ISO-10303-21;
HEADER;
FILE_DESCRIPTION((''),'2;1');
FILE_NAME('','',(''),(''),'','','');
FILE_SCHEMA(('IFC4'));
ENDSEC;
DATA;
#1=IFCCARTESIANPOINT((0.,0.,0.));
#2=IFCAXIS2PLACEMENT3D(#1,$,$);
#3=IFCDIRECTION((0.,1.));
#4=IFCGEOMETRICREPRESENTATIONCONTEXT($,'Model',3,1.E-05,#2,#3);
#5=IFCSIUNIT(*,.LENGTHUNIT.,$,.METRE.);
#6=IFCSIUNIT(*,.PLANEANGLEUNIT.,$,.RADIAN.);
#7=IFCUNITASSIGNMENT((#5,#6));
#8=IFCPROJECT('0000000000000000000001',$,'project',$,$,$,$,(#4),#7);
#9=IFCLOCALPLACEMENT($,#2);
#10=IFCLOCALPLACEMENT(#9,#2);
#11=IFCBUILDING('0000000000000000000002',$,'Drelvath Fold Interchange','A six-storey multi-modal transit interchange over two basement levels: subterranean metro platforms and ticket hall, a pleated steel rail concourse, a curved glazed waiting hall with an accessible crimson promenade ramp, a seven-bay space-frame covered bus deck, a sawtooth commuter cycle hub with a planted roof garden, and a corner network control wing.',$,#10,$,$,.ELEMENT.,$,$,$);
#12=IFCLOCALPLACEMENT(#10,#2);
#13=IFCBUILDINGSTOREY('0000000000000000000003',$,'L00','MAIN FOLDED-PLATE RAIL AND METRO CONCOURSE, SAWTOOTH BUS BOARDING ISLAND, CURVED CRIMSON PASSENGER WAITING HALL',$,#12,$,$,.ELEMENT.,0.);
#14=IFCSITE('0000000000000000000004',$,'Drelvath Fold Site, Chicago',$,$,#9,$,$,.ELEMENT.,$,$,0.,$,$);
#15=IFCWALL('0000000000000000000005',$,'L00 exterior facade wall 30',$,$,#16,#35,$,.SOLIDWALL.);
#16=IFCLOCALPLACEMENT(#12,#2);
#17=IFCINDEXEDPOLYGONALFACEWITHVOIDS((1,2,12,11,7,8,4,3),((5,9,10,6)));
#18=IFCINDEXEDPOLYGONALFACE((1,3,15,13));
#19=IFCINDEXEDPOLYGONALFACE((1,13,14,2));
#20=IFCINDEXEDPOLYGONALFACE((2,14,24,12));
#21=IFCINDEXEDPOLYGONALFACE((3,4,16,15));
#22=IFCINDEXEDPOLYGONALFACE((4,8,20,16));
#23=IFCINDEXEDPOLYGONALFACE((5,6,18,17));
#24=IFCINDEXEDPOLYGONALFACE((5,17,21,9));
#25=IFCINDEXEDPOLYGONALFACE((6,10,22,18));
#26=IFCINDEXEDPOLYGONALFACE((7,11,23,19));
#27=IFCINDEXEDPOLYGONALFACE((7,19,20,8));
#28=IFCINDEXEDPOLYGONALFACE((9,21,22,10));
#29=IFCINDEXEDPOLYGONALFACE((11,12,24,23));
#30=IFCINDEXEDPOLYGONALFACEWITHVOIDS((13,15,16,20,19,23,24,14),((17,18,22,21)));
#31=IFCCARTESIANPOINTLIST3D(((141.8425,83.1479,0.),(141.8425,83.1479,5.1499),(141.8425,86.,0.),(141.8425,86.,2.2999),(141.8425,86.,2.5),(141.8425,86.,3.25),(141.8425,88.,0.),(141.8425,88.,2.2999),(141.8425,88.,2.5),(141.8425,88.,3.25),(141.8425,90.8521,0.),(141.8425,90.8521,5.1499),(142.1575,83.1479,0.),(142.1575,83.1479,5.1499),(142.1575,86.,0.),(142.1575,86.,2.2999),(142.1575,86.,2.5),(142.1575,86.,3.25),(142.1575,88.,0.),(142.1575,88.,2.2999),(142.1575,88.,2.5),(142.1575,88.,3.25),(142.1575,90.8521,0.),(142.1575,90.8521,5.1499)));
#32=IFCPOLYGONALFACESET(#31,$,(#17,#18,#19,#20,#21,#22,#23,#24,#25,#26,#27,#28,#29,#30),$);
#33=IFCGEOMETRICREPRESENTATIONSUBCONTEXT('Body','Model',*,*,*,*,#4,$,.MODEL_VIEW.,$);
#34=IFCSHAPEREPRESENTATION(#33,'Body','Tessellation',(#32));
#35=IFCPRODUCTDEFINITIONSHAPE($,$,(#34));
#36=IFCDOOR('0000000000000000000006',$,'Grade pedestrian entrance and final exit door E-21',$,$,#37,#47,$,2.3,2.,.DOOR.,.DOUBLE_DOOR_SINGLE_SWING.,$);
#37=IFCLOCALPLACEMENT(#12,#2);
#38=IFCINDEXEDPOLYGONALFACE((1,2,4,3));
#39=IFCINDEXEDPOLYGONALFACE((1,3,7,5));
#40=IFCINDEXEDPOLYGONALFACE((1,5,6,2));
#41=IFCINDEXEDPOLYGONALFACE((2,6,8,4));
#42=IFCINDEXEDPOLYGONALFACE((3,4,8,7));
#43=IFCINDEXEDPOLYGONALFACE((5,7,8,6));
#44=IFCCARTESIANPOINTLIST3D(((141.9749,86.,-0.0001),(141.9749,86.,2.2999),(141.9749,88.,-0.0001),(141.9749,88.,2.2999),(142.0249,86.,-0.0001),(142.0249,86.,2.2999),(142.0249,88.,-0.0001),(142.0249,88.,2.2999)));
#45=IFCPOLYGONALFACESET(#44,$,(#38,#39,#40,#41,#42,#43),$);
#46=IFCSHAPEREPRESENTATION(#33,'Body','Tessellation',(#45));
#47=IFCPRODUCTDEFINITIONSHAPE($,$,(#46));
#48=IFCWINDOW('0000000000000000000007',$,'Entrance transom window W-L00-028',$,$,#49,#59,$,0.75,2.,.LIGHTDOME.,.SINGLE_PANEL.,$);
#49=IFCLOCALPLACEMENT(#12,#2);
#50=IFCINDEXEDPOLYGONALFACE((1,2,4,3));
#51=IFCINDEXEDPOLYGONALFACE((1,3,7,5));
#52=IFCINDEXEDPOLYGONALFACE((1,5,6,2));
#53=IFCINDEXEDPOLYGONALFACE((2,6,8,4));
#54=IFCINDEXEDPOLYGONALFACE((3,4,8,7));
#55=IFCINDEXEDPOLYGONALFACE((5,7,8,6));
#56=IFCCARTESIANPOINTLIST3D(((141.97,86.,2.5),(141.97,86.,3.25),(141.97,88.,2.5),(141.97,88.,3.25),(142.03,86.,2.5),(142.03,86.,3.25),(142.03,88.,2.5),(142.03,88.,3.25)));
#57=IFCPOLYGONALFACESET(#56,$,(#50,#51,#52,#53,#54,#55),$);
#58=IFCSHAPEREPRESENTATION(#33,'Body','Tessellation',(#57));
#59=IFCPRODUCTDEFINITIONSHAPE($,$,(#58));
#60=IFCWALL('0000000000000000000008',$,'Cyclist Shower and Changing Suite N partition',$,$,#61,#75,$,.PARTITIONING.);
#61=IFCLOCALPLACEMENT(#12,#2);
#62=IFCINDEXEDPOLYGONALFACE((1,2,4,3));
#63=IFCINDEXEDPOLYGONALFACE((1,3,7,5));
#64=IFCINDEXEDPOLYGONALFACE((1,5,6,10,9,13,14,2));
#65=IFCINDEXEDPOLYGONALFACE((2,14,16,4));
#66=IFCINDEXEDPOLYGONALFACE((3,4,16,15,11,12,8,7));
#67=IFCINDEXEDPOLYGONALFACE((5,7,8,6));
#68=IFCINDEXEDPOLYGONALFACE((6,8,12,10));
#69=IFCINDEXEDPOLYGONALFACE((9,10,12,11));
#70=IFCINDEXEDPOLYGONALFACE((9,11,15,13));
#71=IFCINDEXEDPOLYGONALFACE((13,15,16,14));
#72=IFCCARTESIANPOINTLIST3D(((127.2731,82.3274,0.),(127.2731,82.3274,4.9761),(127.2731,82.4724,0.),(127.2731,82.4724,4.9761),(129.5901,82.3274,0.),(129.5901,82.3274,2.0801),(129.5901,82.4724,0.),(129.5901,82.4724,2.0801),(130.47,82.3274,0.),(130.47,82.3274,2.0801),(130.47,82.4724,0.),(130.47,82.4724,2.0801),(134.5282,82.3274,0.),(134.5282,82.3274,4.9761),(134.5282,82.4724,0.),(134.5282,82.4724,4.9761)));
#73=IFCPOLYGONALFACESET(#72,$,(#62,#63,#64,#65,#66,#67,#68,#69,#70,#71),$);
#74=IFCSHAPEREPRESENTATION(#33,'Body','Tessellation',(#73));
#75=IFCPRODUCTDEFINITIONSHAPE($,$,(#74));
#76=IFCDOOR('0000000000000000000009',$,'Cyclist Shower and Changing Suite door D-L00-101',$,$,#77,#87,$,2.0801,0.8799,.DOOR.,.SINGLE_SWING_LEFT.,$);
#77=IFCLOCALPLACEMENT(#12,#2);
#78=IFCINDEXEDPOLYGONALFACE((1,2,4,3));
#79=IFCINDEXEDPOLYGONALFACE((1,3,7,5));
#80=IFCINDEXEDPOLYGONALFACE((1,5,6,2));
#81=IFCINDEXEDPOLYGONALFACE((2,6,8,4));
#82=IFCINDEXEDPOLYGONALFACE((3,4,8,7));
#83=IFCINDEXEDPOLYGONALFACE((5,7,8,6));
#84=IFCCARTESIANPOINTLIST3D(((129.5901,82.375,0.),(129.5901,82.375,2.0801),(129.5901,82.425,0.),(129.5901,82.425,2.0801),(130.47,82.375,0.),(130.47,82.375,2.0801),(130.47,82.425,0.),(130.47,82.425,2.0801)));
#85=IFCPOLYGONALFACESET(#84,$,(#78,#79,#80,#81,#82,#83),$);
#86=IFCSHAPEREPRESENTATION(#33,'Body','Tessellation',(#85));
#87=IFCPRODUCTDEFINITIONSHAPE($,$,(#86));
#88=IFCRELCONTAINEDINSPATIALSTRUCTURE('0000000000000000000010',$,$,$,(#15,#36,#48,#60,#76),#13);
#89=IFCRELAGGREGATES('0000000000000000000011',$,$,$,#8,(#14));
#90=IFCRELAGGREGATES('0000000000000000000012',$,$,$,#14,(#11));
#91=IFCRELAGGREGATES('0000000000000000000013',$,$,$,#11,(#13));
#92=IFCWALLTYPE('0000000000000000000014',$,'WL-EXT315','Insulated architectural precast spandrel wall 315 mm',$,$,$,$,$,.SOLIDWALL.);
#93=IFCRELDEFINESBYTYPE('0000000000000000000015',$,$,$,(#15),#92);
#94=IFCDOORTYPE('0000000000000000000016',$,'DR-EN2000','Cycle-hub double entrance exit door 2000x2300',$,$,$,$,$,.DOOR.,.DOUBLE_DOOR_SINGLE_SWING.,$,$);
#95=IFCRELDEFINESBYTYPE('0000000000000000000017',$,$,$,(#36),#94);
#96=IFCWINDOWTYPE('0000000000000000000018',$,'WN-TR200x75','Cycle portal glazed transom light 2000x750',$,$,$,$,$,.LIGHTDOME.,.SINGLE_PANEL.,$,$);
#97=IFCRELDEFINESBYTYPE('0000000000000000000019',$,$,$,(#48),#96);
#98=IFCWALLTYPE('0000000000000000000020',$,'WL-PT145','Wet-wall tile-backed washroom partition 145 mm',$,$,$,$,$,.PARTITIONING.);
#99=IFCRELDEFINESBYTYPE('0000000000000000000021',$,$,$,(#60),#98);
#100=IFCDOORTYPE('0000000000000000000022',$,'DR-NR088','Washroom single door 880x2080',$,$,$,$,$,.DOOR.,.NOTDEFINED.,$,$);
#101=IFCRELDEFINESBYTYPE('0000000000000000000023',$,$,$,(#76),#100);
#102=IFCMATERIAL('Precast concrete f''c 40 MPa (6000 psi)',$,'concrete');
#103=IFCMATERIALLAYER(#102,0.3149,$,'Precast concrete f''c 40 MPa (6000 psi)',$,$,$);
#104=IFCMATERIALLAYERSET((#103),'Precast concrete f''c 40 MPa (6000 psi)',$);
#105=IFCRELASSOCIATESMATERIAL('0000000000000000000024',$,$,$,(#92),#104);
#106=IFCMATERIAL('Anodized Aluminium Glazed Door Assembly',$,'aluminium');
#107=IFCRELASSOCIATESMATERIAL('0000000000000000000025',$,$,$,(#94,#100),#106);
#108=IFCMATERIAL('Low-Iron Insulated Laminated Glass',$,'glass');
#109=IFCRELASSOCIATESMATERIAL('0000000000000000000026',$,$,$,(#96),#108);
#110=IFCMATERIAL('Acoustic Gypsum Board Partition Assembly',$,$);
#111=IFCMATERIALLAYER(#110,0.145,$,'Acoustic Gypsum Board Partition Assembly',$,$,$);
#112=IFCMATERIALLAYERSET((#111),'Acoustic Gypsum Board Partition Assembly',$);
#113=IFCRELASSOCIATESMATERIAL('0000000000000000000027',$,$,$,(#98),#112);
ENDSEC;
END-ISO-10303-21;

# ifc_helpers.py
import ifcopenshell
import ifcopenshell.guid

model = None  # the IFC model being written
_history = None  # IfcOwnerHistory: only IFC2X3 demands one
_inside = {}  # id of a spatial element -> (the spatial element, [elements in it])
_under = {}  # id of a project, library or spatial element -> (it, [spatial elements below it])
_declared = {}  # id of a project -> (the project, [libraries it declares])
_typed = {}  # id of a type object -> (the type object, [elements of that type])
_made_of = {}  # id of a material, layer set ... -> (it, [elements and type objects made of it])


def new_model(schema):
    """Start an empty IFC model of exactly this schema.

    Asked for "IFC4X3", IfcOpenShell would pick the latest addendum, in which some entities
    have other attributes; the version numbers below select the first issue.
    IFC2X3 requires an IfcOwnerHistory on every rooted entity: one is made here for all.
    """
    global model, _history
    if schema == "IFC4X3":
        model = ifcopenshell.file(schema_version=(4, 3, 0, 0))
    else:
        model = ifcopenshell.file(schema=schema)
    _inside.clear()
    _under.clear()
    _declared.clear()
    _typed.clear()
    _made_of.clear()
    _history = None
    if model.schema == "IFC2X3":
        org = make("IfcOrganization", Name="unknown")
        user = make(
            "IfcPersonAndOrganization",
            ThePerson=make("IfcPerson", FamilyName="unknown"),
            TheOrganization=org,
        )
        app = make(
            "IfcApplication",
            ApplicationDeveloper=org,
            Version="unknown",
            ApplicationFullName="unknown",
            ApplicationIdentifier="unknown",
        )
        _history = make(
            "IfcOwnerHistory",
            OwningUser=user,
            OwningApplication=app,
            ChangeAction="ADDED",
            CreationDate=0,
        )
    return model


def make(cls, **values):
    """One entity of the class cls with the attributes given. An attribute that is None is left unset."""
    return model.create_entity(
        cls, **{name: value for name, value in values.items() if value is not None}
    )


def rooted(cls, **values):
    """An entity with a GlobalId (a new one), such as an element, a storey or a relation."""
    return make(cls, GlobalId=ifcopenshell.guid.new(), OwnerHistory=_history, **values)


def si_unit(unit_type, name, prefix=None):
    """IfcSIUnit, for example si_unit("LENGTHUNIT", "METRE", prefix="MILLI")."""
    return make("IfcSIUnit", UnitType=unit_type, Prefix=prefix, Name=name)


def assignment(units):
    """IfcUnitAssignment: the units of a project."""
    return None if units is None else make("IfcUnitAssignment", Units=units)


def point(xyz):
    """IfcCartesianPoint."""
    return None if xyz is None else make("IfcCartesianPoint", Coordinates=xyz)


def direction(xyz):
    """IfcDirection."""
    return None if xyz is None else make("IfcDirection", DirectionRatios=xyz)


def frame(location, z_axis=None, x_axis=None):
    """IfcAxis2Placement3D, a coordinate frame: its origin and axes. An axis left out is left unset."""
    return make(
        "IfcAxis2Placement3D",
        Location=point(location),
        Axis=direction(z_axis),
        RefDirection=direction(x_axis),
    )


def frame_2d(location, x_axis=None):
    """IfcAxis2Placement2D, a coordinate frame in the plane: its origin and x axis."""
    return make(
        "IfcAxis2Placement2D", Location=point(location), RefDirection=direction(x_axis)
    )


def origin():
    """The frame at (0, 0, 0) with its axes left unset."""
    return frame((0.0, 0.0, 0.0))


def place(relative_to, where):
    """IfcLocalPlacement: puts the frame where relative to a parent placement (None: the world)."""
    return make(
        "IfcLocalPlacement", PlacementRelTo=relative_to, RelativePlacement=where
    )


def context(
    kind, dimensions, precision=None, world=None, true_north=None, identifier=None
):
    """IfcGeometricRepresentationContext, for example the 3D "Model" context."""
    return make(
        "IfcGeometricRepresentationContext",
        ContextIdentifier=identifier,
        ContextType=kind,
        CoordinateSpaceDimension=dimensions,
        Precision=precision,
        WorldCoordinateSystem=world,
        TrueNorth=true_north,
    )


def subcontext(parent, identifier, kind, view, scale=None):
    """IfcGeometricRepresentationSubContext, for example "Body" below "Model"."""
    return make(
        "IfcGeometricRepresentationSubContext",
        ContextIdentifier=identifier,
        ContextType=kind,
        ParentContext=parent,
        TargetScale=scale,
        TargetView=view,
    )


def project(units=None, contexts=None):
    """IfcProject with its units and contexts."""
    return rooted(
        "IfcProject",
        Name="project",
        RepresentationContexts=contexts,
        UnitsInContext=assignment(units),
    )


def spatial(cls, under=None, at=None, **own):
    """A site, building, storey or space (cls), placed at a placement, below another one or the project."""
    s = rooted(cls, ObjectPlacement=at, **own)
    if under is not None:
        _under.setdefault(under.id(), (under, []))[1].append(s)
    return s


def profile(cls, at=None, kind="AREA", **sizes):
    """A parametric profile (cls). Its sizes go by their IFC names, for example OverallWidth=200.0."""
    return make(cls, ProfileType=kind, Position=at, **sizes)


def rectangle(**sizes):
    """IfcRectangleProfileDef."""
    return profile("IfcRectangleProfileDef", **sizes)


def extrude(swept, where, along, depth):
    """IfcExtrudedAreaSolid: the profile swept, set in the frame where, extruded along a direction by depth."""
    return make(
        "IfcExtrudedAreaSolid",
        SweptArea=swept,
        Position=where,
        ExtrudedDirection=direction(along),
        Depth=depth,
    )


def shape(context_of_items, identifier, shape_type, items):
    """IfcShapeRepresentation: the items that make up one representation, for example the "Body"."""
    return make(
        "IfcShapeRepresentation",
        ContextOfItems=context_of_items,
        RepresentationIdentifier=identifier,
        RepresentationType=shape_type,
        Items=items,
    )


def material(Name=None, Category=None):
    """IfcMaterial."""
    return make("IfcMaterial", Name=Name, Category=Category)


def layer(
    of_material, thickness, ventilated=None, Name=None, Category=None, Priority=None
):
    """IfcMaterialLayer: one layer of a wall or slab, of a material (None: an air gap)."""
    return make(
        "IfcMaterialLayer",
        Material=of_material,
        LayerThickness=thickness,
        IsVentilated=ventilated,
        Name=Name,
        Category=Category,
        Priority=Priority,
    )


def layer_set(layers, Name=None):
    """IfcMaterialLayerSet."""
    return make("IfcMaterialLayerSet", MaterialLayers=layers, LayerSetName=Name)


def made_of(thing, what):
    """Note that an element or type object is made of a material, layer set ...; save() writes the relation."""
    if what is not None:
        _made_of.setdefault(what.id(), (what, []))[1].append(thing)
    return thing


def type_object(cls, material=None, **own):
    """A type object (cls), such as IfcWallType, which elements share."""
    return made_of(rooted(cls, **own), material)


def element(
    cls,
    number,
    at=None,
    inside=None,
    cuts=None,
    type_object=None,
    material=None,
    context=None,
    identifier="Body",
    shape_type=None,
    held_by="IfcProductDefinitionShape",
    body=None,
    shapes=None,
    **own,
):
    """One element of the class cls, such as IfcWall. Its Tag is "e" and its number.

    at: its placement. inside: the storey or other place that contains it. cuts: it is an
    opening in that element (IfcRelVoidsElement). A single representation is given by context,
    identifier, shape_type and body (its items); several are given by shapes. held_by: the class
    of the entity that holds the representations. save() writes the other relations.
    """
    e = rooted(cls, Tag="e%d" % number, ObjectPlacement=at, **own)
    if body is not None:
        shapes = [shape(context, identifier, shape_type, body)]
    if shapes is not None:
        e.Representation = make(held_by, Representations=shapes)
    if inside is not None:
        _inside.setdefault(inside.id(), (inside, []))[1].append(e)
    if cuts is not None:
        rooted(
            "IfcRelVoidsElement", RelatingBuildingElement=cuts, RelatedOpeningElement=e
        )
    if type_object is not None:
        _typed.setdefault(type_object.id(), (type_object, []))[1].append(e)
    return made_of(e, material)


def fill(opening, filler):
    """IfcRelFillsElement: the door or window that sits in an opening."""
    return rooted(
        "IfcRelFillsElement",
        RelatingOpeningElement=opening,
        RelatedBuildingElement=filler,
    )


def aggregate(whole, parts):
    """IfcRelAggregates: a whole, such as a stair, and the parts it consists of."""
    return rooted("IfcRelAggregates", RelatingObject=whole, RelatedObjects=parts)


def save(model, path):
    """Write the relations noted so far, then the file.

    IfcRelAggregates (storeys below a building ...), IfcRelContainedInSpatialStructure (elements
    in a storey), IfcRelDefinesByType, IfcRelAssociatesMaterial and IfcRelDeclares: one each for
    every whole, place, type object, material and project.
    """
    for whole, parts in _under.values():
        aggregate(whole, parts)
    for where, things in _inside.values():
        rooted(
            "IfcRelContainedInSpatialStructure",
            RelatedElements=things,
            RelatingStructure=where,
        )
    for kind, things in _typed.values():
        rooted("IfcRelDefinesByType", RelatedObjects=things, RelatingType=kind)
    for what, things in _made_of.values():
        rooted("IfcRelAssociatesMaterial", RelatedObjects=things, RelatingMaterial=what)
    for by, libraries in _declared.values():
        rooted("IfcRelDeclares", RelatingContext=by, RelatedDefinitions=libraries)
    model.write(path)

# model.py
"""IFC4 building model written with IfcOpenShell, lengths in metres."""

from ifc_helpers import new_model, si_unit, direction, frame, frame_2d, origin, place, context, subcontext, project, spatial, rectangle, extrude, material, layer, layer_set, type_object, element, fill, save


model = new_model("IFC4")

# Units and contexts
model_context = context("Model", 3, precision=1e-05, world=origin(), true_north=direction((0.0, 1.0)))
body_context = subcontext(model_context, "Body", "Model", "MODEL_VIEW")
ifc_project = project(units=[si_unit("LENGTHUNIT", "METRE"), si_unit("PLANEANGLEUNIT", "RADIAN")], contexts=[model_context])

# Site, building, storey
site_placement = place(None, origin())
site = spatial("IfcSite", under=ifc_project, at=site_placement, Name="Drelvath Fold Site, Chicago", CompositionType="ELEMENT", RefElevation=0.0)
building_placement = place(site_placement, origin())
building = spatial("IfcBuilding", under=site, at=building_placement, Name="Drelvath Fold Interchange", Description="A six-storey multi-modal transit interchange over two basement levels: subterranean metro platforms and ticket hall, a pleated steel rail concourse, a curved glazed waiting hall with an accessible crimson promenade ramp, a seven-bay space-frame covered bus deck, a sawtooth commuter cycle hub with a planted roof garden, and a corner network control wing.", CompositionType="ELEMENT")
storey_placement = place(building_placement, origin())
storey = spatial("IfcBuildingStorey", under=building, at=storey_placement, Name="L00", Description="MAIN FOLDED-PLATE RAIL AND METRO CONCOURSE, SAWTOOTH BUS BOARDING ISLAND, CURVED CRIMSON PASSENGER WAITING HALL", CompositionType="ELEMENT", Elevation=0.0)

# Wall, openings, door, window
ifc_material_1 = material(Name="Precast concrete f'c 40 MPa (6000 psi)", Category="concrete")
ifc_layer_1 = layer(ifc_material_1, 0.3149, Name="Precast concrete f'c 40 MPa (6000 psi)")
ifc_layer_set_1 = layer_set([ifc_layer_1], Name="Precast concrete f'c 40 MPa (6000 psi)")
wall_type_1 = type_object("IfcWallType", Name="WL-EXT315", Description="Insulated architectural precast spandrel wall 315 mm", PredefinedType="SOLIDWALL", material=ifc_layer_set_1)
wall_1_placement = place(storey_placement, frame((142.0, 83.1479, 0.0), z_axis=(0.0, 0.0, 1.0), x_axis=(0.0, 1.0, 0.0)))
wall_1 = element("IfcWall", 1, at=wall_1_placement, inside=storey, type_object=wall_type_1, Name="L00 exterior facade wall 30", PredefinedType="SOLIDWALL", context=body_context, shape_type="SweptSolid", body=[
    extrude(rectangle(XDim=7.7041, YDim=0.3149, at=frame_2d((3.8521, 0.0))), origin(), (0.0, 0.0, 1.0), 5.1499),
])
opening_1_placement = place(wall_1_placement, frame((2.8521, 0.0, 0.0)))
opening_1 = element("IfcOpeningElement", 2, at=opening_1_placement, cuts=wall_1, PredefinedType="OPENING", context=body_context, shape_type="SweptSolid", body=[
    extrude(rectangle(XDim=2.0, YDim=2.3, at=frame_2d((1.0, 1.1499))), frame((0.0, 0.1675, 0.0), z_axis=(0.0, -1.0, 0.0), x_axis=(1.0, 0.0, 0.0)), (0.0, 0.0, 1.0), 0.335),
])
opening_2_placement = place(wall_1_placement, frame((2.8521, 0.0, 2.5)))
opening_2 = element("IfcOpeningElement", 3, at=opening_2_placement, cuts=wall_1, PredefinedType="OPENING", context=body_context, shape_type="SweptSolid", body=[
    extrude(rectangle(XDim=2.0, YDim=0.75, at=frame_2d((1.0, 0.375))), frame((0.0, 0.1675, 0.0), z_axis=(0.0, -1.0, 0.0), x_axis=(1.0, 0.0, 0.0)), (0.0, 0.0, 1.0), 0.335),
])
ifc_material_2 = material(Name="Anodized Aluminium Glazed Door Assembly", Category="aluminium")
door_type_1 = type_object("IfcDoorType", Name="DR-EN2000", Description="Cycle-hub double entrance exit door 2000x2300", OperationType="DOUBLE_DOOR_SINGLE_SWING", PredefinedType="DOOR", material=ifc_material_2)
door_1_placement = place(opening_1_placement, frame((2.0, 0.0, 0.0), z_axis=(0.0, 0.0, 1.0), x_axis=(-1.0, 0.0, 0.0)))
door_1 = element("IfcDoor", 4, at=door_1_placement, inside=storey, type_object=door_type_1, Name="Grade pedestrian entrance and final exit door E-21", OperationType="DOUBLE_DOOR_SINGLE_SWING", OverallHeight=2.3, OverallWidth=2.0, PredefinedType="DOOR", context=body_context, shape_type="SweptSolid", body=[
    extrude(rectangle(XDim=2.0, YDim=2.3, at=frame_2d((1.0, 1.1499))), frame((0.0, 0.0249, 0.0), z_axis=(0.0, -1.0, 0.0), x_axis=(1.0, 0.0, 0.0)), (0.0, 0.0, 1.0), 0.05),
])
fill(opening_1, door_1)
ifc_material_3 = material(Name="Low-Iron Insulated Laminated Glass", Category="glass")
window_type = type_object("IfcWindowType", Name="WN-TR200x75", Description="Cycle portal glazed transom light 2000x750", PartitioningType="SINGLE_PANEL", PredefinedType="LIGHTDOME", material=ifc_material_3)
window_placement = place(opening_2_placement, origin())
window = element("IfcWindow", 5, at=window_placement, inside=storey, type_object=window_type, Name="Entrance transom window W-L00-028", OverallHeight=0.75, OverallWidth=2.0, PartitioningType="SINGLE_PANEL", PredefinedType="LIGHTDOME", context=body_context, shape_type="SweptSolid", body=[
    extrude(rectangle(XDim=2.0, YDim=0.75, at=frame_2d((1.0, 0.375))), frame((0.0, 0.03, 0.0), z_axis=(0.0, -1.0, 0.0), x_axis=(1.0, 0.0, 0.0)), (0.0, 0.0, 1.0), 0.0601),
])
fill(opening_2, window)

# Wall, opening, door
ifc_material_4 = material(Name="Acoustic Gypsum Board Partition Assembly")
ifc_layer_2 = layer(ifc_material_4, 0.145, Name="Acoustic Gypsum Board Partition Assembly")
ifc_layer_set_2 = layer_set([ifc_layer_2], Name="Acoustic Gypsum Board Partition Assembly")
wall_type_2 = type_object("IfcWallType", Name="WL-PT145", Description="Wet-wall tile-backed washroom partition 145 mm", PredefinedType="PARTITIONING", material=ifc_layer_set_2)
wall_2_placement = place(storey_placement, frame((134.5281, 82.3999, 0.0), z_axis=(0.0, 0.0, 1.0), x_axis=(-1.0, 0.0, 0.0)))
wall_2 = element("IfcWall", 6, at=wall_2_placement, inside=storey, type_object=wall_type_2, Name="Cyclist Shower and Changing Suite N partition", PredefinedType="PARTITIONING", context=body_context, shape_type="SweptSolid", body=[
    extrude(rectangle(XDim=7.2551, YDim=0.145, at=frame_2d((3.6274, 0.0))), origin(), (0.0, 0.0, 1.0), 4.9761),
])
opening_3_placement = place(wall_2_placement, frame((4.0581, 0.0, 0.0)))
opening_3 = element("IfcOpeningElement", 7, at=opening_3_placement, cuts=wall_2, PredefinedType="OPENING", context=body_context, shape_type="SweptSolid", body=[
    extrude(rectangle(XDim=0.8799, YDim=2.0801, at=frame_2d((0.4399, 1.04))), frame((0.0, 0.0825, 0.0), z_axis=(0.0, -1.0, 0.0), x_axis=(1.0, 0.0, 0.0)), (0.0, 0.0, 1.0), 0.165),
])
door_type_2 = type_object("IfcDoorType", Name="DR-NR088", Description="Washroom single door 880x2080", OperationType="NOTDEFINED", PredefinedType="DOOR", material=ifc_material_2)
door_2_placement = place(opening_3_placement, origin())
door_2 = element("IfcDoor", 8, at=door_2_placement, inside=storey, type_object=door_type_2, Name="Cyclist Shower and Changing Suite door D-L00-101", OperationType="SINGLE_SWING_LEFT", OverallHeight=2.0801, OverallWidth=0.8799, PredefinedType="DOOR", context=body_context, shape_type="SweptSolid", body=[
    extrude(rectangle(XDim=0.8799, YDim=2.0801, at=frame_2d((0.4399, 1.04))), frame((0.0, 0.0249, 0.0), z_axis=(0.0, -1.0, 0.0), x_axis=(1.0, 0.0, 0.0)), (0.0, 0.0, 1.0), 0.05),
])
fill(opening_3, door_2)

save(model, "model.ifc")
